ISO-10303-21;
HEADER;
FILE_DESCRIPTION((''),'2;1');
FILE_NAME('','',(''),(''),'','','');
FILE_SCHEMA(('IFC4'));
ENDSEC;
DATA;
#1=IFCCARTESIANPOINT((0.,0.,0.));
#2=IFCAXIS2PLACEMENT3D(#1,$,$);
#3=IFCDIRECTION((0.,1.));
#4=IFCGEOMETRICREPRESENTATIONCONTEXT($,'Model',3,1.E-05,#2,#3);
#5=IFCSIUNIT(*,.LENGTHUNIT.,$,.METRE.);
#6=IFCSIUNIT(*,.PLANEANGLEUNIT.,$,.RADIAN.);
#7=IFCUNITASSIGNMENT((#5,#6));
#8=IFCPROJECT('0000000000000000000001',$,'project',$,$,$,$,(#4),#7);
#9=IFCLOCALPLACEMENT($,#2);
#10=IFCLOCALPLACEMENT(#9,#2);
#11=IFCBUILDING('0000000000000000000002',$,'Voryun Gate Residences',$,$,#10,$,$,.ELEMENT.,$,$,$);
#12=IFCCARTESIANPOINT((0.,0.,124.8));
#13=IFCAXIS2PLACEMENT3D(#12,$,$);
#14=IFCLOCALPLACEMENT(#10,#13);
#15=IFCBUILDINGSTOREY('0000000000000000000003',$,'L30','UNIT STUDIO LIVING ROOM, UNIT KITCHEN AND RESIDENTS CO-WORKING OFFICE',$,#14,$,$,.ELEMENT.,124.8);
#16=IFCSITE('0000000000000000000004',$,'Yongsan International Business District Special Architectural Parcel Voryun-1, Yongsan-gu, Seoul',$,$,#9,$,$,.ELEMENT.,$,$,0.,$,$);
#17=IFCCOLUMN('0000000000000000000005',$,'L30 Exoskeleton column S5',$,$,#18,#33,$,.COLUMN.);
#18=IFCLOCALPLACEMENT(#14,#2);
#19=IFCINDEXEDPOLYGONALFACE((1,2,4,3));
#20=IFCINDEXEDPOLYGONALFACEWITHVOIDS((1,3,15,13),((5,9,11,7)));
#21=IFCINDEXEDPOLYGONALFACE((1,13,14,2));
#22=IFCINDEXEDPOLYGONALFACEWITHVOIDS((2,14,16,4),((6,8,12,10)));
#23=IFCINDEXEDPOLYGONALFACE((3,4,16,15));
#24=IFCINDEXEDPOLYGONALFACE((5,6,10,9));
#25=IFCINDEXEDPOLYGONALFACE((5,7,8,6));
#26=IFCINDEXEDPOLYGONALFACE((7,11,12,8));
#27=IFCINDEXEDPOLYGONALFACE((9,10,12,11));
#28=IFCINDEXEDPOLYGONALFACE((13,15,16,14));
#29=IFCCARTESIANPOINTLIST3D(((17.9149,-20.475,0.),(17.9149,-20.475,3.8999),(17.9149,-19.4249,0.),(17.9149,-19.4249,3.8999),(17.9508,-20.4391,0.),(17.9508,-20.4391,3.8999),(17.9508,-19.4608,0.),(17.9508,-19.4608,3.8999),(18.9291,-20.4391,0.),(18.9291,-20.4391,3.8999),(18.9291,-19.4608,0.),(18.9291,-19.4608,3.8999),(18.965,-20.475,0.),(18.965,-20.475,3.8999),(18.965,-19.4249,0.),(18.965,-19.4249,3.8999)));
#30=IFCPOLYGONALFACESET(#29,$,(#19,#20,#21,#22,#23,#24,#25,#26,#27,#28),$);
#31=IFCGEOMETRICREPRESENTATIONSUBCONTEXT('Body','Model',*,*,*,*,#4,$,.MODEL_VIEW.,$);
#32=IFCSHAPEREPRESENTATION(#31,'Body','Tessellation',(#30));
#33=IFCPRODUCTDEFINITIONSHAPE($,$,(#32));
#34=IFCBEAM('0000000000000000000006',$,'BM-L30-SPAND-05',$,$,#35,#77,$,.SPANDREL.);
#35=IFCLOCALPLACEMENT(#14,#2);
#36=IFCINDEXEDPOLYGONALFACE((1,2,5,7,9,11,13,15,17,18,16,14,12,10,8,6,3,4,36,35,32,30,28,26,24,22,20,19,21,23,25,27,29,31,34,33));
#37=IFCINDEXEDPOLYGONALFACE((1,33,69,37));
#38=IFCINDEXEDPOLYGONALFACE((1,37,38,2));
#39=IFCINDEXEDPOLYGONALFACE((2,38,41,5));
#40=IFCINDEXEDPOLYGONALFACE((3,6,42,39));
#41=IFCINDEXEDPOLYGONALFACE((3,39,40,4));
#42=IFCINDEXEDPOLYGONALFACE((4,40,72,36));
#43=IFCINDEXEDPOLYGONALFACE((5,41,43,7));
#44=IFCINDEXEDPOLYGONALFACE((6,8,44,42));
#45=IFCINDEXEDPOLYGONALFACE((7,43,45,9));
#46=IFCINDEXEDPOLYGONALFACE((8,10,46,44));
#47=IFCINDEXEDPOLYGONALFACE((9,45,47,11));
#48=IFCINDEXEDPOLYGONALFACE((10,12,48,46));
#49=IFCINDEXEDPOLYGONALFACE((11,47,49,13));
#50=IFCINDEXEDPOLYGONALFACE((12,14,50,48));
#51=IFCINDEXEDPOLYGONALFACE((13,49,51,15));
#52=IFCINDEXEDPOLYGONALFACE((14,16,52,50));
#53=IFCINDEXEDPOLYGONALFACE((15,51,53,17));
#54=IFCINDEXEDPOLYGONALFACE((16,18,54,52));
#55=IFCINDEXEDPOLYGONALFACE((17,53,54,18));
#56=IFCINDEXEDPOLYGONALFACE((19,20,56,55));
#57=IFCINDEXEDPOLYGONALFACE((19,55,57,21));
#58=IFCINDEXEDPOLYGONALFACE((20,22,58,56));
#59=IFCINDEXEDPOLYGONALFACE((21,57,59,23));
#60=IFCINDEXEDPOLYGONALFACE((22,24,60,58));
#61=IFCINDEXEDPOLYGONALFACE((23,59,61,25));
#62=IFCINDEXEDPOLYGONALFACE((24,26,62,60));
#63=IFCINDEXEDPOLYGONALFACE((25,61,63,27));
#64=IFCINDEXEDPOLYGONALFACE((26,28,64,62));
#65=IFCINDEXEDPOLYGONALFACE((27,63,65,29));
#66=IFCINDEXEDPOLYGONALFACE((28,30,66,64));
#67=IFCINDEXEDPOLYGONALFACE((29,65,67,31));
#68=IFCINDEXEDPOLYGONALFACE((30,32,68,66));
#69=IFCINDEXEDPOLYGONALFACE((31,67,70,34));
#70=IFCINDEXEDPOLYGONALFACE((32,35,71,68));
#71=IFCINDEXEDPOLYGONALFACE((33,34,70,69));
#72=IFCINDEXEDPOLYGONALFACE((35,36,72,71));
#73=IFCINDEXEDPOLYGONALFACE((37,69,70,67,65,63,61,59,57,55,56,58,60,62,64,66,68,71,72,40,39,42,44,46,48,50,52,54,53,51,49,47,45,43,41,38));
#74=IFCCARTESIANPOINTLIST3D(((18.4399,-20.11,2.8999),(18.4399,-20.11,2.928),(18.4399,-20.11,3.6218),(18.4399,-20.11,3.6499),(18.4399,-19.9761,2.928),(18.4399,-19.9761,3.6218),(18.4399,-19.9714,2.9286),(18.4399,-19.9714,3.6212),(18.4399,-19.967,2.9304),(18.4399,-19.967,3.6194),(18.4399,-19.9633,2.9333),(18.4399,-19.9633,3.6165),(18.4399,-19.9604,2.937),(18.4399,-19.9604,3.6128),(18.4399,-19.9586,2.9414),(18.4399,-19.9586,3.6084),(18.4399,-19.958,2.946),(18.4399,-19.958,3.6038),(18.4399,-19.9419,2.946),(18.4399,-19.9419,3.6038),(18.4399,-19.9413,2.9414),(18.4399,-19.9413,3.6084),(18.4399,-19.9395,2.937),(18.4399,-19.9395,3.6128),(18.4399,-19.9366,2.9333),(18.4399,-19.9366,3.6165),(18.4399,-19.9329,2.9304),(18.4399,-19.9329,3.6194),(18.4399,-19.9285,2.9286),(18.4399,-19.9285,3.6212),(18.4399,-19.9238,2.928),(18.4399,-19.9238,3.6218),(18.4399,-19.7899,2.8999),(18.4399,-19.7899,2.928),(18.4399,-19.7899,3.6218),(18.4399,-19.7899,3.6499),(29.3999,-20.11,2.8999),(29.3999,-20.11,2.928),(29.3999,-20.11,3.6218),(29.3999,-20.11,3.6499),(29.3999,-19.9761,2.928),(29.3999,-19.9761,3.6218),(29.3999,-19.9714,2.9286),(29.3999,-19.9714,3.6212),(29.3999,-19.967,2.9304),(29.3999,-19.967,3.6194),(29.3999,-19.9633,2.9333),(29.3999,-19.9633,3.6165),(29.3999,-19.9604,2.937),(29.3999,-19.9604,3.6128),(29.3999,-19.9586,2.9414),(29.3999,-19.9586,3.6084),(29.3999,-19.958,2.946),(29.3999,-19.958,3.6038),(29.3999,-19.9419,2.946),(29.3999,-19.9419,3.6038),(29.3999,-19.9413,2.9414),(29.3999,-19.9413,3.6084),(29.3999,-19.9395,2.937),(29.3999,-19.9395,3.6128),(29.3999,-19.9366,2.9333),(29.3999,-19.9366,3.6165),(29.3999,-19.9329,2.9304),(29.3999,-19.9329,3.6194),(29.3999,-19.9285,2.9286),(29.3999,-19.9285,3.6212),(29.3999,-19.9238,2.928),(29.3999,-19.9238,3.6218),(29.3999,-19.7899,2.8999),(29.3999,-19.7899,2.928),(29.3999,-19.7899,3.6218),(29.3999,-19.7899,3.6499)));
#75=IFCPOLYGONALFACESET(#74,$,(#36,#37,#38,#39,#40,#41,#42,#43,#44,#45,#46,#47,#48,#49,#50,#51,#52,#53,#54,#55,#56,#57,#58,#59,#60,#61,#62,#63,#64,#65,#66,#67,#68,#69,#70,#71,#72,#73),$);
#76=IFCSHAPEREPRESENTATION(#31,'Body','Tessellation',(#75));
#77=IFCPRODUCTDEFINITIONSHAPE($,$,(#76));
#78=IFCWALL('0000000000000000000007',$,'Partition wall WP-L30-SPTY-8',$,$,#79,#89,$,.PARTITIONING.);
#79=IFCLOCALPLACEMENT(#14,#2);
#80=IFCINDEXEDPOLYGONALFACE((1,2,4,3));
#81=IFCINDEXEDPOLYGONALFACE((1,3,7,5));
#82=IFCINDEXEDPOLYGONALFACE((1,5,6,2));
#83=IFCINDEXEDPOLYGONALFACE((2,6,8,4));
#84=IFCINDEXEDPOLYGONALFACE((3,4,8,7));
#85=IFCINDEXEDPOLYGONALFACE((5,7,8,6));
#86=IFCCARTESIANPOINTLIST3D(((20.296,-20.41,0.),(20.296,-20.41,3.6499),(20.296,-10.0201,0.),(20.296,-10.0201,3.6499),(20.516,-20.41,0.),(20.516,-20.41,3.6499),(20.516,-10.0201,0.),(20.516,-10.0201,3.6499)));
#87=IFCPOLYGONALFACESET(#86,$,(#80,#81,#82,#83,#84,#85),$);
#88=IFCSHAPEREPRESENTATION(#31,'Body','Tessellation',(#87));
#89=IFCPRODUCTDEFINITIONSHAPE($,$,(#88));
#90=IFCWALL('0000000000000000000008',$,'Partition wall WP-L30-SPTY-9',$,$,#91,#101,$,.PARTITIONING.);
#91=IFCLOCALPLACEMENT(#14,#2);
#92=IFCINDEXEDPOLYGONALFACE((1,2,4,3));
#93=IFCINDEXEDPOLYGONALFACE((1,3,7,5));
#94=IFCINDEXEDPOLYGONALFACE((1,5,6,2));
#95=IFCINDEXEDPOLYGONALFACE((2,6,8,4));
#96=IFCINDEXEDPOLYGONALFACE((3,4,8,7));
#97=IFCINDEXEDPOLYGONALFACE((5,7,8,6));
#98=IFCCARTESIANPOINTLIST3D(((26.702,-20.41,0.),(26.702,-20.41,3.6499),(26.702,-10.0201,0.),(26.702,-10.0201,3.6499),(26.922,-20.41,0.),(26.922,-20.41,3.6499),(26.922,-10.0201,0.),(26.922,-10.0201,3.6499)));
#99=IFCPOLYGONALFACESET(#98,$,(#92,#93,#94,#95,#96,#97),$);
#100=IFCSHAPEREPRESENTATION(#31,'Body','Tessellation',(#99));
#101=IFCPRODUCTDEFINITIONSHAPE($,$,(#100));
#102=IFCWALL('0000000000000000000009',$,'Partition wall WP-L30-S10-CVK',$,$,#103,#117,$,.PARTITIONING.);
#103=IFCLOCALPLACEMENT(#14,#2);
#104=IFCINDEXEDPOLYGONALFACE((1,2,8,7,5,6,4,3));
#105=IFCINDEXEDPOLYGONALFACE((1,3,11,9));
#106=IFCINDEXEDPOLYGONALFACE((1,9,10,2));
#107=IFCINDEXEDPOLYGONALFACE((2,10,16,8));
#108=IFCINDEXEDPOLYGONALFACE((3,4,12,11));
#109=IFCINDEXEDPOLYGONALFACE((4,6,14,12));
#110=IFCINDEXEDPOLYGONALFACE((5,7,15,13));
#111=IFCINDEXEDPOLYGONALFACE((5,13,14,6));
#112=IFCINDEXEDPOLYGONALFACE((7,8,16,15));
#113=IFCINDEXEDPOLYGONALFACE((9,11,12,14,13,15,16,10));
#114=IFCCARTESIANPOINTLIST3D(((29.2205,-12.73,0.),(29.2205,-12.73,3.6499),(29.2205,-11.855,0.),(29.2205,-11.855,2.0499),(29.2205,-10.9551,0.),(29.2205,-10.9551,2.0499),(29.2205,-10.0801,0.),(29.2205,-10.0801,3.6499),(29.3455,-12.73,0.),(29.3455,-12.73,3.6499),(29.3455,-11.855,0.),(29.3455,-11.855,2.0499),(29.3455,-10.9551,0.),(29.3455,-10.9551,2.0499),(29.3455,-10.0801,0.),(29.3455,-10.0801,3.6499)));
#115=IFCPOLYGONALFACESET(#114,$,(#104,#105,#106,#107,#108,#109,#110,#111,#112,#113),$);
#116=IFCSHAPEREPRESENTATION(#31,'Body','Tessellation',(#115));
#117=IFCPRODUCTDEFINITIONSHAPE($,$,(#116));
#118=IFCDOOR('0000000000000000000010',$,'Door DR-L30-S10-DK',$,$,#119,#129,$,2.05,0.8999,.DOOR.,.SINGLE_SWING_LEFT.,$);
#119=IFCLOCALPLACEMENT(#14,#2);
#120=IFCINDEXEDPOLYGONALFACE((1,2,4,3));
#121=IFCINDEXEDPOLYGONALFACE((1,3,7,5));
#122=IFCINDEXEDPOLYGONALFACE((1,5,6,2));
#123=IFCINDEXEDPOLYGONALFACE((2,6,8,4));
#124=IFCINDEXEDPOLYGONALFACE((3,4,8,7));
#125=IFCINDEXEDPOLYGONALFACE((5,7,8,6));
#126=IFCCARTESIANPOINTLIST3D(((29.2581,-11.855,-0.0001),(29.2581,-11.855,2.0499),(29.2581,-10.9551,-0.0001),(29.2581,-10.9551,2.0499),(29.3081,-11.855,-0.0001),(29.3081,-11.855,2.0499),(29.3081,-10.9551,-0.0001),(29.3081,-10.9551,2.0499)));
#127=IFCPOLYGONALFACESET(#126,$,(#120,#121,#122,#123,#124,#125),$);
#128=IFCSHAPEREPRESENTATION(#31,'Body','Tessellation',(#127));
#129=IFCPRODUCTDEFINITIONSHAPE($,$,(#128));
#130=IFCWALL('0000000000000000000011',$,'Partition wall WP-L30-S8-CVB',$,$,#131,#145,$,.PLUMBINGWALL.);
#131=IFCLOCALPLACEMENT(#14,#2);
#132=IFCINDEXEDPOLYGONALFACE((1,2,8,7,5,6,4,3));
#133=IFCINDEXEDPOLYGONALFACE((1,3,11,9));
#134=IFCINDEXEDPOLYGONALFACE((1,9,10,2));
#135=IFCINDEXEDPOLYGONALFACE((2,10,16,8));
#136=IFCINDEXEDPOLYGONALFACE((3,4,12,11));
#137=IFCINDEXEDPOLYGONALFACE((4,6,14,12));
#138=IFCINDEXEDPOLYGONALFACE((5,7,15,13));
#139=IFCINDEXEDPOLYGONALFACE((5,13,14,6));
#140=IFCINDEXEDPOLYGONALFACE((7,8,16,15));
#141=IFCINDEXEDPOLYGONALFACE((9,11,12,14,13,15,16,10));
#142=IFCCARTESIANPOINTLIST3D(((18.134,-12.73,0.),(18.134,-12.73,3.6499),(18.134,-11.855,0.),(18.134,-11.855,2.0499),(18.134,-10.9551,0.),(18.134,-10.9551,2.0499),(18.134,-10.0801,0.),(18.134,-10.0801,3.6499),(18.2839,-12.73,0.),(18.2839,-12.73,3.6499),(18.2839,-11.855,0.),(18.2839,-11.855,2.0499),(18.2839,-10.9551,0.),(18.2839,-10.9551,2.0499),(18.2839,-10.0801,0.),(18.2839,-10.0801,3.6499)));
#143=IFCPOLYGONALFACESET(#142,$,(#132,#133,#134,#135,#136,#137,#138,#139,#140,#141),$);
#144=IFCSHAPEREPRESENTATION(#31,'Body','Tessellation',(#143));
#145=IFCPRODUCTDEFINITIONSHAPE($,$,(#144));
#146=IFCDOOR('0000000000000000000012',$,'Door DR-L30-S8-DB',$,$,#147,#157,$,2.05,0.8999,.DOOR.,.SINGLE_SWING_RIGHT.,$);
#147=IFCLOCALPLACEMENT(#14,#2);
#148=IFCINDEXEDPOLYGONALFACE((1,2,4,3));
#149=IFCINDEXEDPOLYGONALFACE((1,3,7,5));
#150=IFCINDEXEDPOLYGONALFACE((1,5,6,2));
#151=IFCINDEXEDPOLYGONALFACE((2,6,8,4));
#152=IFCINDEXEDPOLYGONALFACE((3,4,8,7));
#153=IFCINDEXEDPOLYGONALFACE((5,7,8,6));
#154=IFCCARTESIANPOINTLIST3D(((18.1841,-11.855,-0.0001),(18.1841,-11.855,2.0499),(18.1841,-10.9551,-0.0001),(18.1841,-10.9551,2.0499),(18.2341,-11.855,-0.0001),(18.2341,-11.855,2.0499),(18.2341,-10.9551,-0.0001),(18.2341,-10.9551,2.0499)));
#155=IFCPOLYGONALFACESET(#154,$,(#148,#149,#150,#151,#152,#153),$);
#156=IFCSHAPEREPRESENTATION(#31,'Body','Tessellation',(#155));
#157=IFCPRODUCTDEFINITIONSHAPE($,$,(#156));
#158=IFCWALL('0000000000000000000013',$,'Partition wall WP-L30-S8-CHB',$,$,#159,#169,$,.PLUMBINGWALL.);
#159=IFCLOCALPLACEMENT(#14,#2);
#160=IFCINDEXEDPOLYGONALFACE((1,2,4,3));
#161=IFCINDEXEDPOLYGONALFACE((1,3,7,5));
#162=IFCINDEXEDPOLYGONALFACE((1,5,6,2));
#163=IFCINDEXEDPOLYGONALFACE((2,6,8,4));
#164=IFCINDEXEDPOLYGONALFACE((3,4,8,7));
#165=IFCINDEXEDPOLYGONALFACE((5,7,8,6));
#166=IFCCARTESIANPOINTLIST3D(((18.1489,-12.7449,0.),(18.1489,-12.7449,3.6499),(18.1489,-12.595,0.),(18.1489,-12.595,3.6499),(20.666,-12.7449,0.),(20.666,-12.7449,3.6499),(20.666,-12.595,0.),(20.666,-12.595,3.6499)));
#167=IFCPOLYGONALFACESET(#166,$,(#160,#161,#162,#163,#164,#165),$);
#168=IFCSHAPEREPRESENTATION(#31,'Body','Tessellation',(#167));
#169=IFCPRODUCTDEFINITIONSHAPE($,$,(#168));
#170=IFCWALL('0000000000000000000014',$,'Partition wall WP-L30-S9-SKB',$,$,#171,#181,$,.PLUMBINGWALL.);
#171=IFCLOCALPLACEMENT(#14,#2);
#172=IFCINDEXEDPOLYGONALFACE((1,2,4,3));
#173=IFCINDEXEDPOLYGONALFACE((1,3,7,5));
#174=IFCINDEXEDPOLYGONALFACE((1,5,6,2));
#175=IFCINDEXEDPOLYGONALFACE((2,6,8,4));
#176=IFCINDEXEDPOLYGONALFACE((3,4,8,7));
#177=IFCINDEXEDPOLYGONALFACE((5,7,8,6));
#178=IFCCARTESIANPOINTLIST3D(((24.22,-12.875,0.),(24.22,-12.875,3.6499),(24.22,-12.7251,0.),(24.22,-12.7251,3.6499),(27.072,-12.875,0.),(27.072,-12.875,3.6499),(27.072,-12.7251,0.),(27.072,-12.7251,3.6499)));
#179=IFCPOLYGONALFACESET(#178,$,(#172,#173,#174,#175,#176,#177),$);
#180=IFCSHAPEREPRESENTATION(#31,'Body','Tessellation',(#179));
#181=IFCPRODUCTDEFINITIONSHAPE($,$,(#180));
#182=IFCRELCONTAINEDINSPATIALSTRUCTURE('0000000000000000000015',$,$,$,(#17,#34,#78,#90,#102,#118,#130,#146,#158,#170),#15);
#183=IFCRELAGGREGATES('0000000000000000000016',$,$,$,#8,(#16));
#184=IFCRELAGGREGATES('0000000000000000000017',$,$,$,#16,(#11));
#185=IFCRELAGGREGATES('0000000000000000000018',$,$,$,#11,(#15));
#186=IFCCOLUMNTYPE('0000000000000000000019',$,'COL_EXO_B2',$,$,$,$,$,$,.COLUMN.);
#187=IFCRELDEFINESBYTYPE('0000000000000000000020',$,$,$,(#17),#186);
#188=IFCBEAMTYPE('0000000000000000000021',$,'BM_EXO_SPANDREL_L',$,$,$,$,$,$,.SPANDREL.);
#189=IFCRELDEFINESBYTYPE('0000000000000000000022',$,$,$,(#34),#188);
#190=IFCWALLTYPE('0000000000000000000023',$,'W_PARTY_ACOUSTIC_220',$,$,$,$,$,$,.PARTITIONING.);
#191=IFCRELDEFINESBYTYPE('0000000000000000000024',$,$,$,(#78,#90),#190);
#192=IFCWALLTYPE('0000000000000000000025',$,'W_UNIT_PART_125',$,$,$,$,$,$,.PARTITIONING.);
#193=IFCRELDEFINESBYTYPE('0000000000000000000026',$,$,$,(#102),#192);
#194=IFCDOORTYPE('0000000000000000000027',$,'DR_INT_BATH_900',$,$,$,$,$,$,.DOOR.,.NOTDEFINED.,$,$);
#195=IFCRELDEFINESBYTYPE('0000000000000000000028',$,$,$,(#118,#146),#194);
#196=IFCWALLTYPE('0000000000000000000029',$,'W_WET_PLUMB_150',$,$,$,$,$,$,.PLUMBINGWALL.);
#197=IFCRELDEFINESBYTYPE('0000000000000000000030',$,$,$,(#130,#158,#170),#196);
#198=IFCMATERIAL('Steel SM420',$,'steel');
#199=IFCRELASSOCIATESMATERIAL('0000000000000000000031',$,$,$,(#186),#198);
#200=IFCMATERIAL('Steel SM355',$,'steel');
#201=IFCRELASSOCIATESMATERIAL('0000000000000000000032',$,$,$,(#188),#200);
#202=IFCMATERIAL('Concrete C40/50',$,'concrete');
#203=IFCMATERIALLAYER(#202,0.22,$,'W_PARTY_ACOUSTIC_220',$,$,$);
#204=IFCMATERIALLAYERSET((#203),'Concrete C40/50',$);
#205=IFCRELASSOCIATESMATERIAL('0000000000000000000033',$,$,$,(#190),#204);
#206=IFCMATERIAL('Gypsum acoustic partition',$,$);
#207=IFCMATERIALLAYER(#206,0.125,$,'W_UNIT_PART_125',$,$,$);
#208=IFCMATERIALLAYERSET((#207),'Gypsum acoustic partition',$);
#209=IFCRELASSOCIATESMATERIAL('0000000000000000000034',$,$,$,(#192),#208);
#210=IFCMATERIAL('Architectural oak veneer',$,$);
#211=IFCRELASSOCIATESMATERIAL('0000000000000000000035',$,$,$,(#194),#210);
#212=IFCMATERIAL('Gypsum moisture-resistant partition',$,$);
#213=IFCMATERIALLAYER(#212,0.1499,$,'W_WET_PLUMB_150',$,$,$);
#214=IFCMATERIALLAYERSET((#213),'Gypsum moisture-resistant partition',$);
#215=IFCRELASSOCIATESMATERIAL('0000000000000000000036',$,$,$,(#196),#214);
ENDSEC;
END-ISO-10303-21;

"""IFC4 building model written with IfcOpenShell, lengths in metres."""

from ifc_helpers import new_model, si_unit, direction, frame, frame_2d, origin, origin_2d, place, context, subcontext, project, spatial, rectangle, hollow_rectangle, i_section, extrude, material, layer, layer_set, material_profile, profile_set, type_object, element, fill, save


model = new_model("IFC4")

# Units and contexts
model_context = context("Model", 3, precision=1e-05, world=origin(), true_north=direction((0.0, 1.0)))
body_context = subcontext(model_context, "Body", "Model", "MODEL_VIEW")
ifc_project = project(units=[si_unit("LENGTHUNIT", "METRE"), si_unit("PLANEANGLEUNIT", "RADIAN")], contexts=[model_context])

# Site, building, storey
site_placement = place(None, origin())
site = spatial("IfcSite", under=ifc_project, at=site_placement, Name="Yongsan International Business District Special Architectural Parcel Voryun-1, Yongsan-gu, Seoul", CompositionType="ELEMENT", RefElevation=0.0)
building_placement = place(site_placement, origin())
building = spatial("IfcBuilding", under=site, at=building_placement, Name="Voryun Gate Residences", CompositionType="ELEMENT")
storey_placement = place(building_placement, frame((0.0, 0.0, 124.8)))
storey = spatial("IfcBuildingStorey", under=building, at=storey_placement, Name="L30", Description="UNIT STUDIO LIVING ROOM, UNIT KITCHEN AND RESIDENTS CO-WORKING OFFICE", CompositionType="ELEMENT", Elevation=124.8)

# Column
ifc_material_1 = material(Name="Steel SM420", Category="steel")
ifc_material_profile_1 = material_profile(ifc_material_1, hollow_rectangle(XDim=1.05, YDim=1.05, WallThickness=0.0359, at=origin_2d()), Name="BOX-1050x1050x36")
ifc_profile_set_1 = profile_set([ifc_material_profile_1], Name="Steel SM420")
column_type = type_object("IfcColumnType", Name="COL_EXO_B2", PredefinedType="COLUMN", material=ifc_profile_set_1)
column_placement = place(storey_placement, frame((18.4399, -19.95, 0.0), z_axis=(0.0, 0.0, 1.0), x_axis=(1.0, 0.0, 0.0)))
element("IfcColumn", 1, at=column_placement, inside=storey, type_object=column_type, Name="L30 Exoskeleton column S5", PredefinedType="COLUMN", context=body_context, shape_type="SweptSolid", body=[
    extrude(hollow_rectangle(XDim=1.05, YDim=1.05, WallThickness=0.0359, at=origin_2d()), origin(), (0.0, 0.0, 1.0), 3.8999),
])

# Beam
ifc_material_2 = material(Name="Steel SM355", Category="steel")
ifc_material_profile_2 = material_profile(ifc_material_2, i_section(OverallWidth=0.3201, OverallDepth=0.75, WebThickness=0.0161, FlangeThickness=0.0281, FilletRadius=0.0181, at=origin_2d()), Name="H-750x320x16x28")
ifc_profile_set_2 = profile_set([ifc_material_profile_2], Name="Steel SM355")
beam_type = type_object("IfcBeamType", Name="BM_EXO_SPANDREL_L", PredefinedType="SPANDREL", material=ifc_profile_set_2)
beam_placement = place(storey_placement, frame((18.4399, -19.95, 3.2749), z_axis=(1.0, 0.0, 0.0), x_axis=(0.0, 1.0, 0.0)))
element("IfcBeam", 2, at=beam_placement, inside=storey, type_object=beam_type, Name="BM-L30-SPAND-05", PredefinedType="SPANDREL", context=body_context, shape_type="SweptSolid", body=[
    extrude(i_section(OverallWidth=0.3201, OverallDepth=0.75, WebThickness=0.0161, FlangeThickness=0.0281, FilletRadius=0.0181, at=origin_2d()), origin(), (0.0, 0.0, 1.0), 10.96),
])

# Walls
ifc_material_3 = material(Name="Concrete C40/50", Category="concrete")
ifc_layer_1 = layer(ifc_material_3, 0.22, Name="W_PARTY_ACOUSTIC_220")
ifc_layer_set_1 = layer_set([ifc_layer_1], Name="Concrete C40/50")
wall_type_1 = type_object("IfcWallType", Name="W_PARTY_ACOUSTIC_220", PredefinedType="PARTITIONING", material=ifc_layer_set_1)
for number, where, z_axis, x_axis, name in (
    (3, (20.406, -20.4099, 0.0), (0.0, 0.0, 1.0), (0.0, 1.0, 0.0), "Partition wall WP-L30-SPTY-8"),
    (4, (26.812, -20.4099, 0.0), (0.0, 0.0, 1.0), (0.0, 1.0, 0.0), "Partition wall WP-L30-SPTY-9"),
):
    element("IfcWall", number, at=place(storey_placement, frame(where, z_axis=z_axis, x_axis=x_axis)), inside=storey, type_object=wall_type_1, Name=name, PredefinedType="PARTITIONING", context=body_context, shape_type="SweptSolid", body=[
        extrude(rectangle(XDim=10.3899, YDim=0.22, at=frame_2d((5.1948, 0.0))), origin(), (0.0, 0.0, 1.0), 3.6499),
    ])

# Walls, openings, doors
ifc_material_4 = material(Name="Gypsum acoustic partition")
ifc_layer_2 = layer(ifc_material_4, 0.125, Name="W_UNIT_PART_125")
ifc_layer_set_2 = layer_set([ifc_layer_2], Name="Gypsum acoustic partition")
wall_type_2 = type_object("IfcWallType", Name="W_UNIT_PART_125", PredefinedType="PARTITIONING", material=ifc_layer_set_2)
wall_1_placement = place(storey_placement, frame((29.283, -12.73, 0.0), z_axis=(0.0, 0.0, 1.0), x_axis=(0.0, 1.0, 0.0)))
wall_1 = element("IfcWall", 5, at=wall_1_placement, inside=storey, type_object=wall_type_2, Name="Partition wall WP-L30-S10-CVK", PredefinedType="PARTITIONING", context=body_context, shape_type="SweptSolid", body=[
    extrude(rectangle(XDim=2.6499, YDim=0.125, at=frame_2d((1.325, 0.0))), origin(), (0.0, 0.0, 1.0), 3.6499),
])
opening_1_placement = place(wall_1_placement, frame((0.875, 0.0, 0.0)))
opening_1 = element("IfcOpeningElement", 6, at=opening_1_placement, cuts=wall_1, PredefinedType="OPENING", context=body_context, shape_type="SweptSolid", body=[
    extrude(rectangle(XDim=0.8999, YDim=2.05, at=frame_2d((0.45, 1.0249))), frame((0.0, 0.0725, 0.0), z_axis=(0.0, -1.0, 0.0), x_axis=(1.0, 0.0, 0.0)), (0.0, 0.0, 1.0), 0.145),
])
ifc_material_5 = material(Name="Architectural oak veneer")
door_type = type_object("IfcDoorType", Name="DR_INT_BATH_900", OperationType="NOTDEFINED", PredefinedType="DOOR", material=ifc_material_5)
door_1_placement = place(opening_1_placement, origin())
door_1 = element("IfcDoor", 7, at=door_1_placement, inside=storey, type_object=door_type, Name="Door DR-L30-S10-DK", OperationType="SINGLE_SWING_LEFT", OverallHeight=2.05, OverallWidth=0.8999, PredefinedType="DOOR", context=body_context, shape_type="SweptSolid", body=[
    extrude(rectangle(XDim=0.8999, YDim=2.05, at=frame_2d((0.45, 1.0249))), frame((0.0, 0.0249, 0.0), z_axis=(0.0, -1.0, 0.0), x_axis=(1.0, 0.0, 0.0)), (0.0, 0.0, 1.0), 0.05),
])
fill(opening_1, door_1)
ifc_material_6 = material(Name="Gypsum moisture-resistant partition")
ifc_layer_3 = layer(ifc_material_6, 0.1499, Name="W_WET_PLUMB_150")
ifc_layer_set_3 = layer_set([ifc_layer_3], Name="Gypsum moisture-resistant partition")
wall_type_3 = type_object("IfcWallType", Name="W_WET_PLUMB_150", PredefinedType="PLUMBINGWALL", material=ifc_layer_set_3)
wall_2_placement = place(storey_placement, frame((18.209, -12.73, 0.0), z_axis=(0.0, 0.0, 1.0), x_axis=(0.0, 1.0, 0.0)))
wall_2 = element("IfcWall", 8, at=wall_2_placement, inside=storey, type_object=wall_type_3, Name="Partition wall WP-L30-S8-CVB", PredefinedType="PLUMBINGWALL", context=body_context, shape_type="SweptSolid", body=[
    extrude(rectangle(XDim=2.6499, YDim=0.1499, at=frame_2d((1.325, 0.0))), origin(), (0.0, 0.0, 1.0), 3.6499),
])
opening_2_placement = place(wall_2_placement, frame((0.875, 0.0, 0.0)))
opening_2 = element("IfcOpeningElement", 9, at=opening_2_placement, cuts=wall_2, PredefinedType="OPENING", context=body_context, shape_type="SweptSolid", body=[
    extrude(rectangle(XDim=0.8999, YDim=2.05, at=frame_2d((0.45, 1.0249))), frame((0.0, 0.085, 0.0), z_axis=(0.0, -1.0, 0.0), x_axis=(1.0, 0.0, 0.0)), (0.0, 0.0, 1.0), 0.1699),
])
door_2_placement = place(opening_2_placement, origin())
door_2 = element("IfcDoor", 10, at=door_2_placement, inside=storey, type_object=door_type, Name="Door DR-L30-S8-DB", OperationType="SINGLE_SWING_RIGHT", OverallHeight=2.05, OverallWidth=0.8999, PredefinedType="DOOR", context=body_context, shape_type="SweptSolid", body=[
    extrude(rectangle(XDim=0.8999, YDim=2.05, at=frame_2d((0.45, 1.0249))), frame((0.0, 0.0249, 0.0), z_axis=(0.0, -1.0, 0.0), x_axis=(1.0, 0.0, 0.0)), (0.0, 0.0, 1.0), 0.05),
])
fill(opening_2, door_2)

# Walls
wall_3_placement = place(storey_placement, frame((18.1489, -12.6699, 0.0), z_axis=(0.0, 0.0, 1.0), x_axis=(1.0, 0.0, 0.0)))
element("IfcWall", 11, at=wall_3_placement, inside=storey, type_object=wall_type_3, Name="Partition wall WP-L30-S8-CHB", PredefinedType="PLUMBINGWALL", context=body_context, shape_type="SweptSolid", body=[
    extrude(rectangle(XDim=2.5171, YDim=0.1499, at=frame_2d((1.2585, 0.0))), origin(), (0.0, 0.0, 1.0), 3.6499),
])
wall_4_placement = place(storey_placement, frame((24.22, -12.8, 0.0), z_axis=(0.0, 0.0, 1.0), x_axis=(1.0, 0.0, 0.0)))
element("IfcWall", 12, at=wall_4_placement, inside=storey, type_object=wall_type_3, Name="Partition wall WP-L30-S9-SKB", PredefinedType="PLUMBINGWALL", context=body_context, shape_type="SweptSolid", body=[
    extrude(rectangle(XDim=2.8521, YDim=0.1499, at=frame_2d((1.426, 0.0))), origin(), (0.0, 0.0, 1.0), 3.6499),
])

save(model, "model.ifc")
